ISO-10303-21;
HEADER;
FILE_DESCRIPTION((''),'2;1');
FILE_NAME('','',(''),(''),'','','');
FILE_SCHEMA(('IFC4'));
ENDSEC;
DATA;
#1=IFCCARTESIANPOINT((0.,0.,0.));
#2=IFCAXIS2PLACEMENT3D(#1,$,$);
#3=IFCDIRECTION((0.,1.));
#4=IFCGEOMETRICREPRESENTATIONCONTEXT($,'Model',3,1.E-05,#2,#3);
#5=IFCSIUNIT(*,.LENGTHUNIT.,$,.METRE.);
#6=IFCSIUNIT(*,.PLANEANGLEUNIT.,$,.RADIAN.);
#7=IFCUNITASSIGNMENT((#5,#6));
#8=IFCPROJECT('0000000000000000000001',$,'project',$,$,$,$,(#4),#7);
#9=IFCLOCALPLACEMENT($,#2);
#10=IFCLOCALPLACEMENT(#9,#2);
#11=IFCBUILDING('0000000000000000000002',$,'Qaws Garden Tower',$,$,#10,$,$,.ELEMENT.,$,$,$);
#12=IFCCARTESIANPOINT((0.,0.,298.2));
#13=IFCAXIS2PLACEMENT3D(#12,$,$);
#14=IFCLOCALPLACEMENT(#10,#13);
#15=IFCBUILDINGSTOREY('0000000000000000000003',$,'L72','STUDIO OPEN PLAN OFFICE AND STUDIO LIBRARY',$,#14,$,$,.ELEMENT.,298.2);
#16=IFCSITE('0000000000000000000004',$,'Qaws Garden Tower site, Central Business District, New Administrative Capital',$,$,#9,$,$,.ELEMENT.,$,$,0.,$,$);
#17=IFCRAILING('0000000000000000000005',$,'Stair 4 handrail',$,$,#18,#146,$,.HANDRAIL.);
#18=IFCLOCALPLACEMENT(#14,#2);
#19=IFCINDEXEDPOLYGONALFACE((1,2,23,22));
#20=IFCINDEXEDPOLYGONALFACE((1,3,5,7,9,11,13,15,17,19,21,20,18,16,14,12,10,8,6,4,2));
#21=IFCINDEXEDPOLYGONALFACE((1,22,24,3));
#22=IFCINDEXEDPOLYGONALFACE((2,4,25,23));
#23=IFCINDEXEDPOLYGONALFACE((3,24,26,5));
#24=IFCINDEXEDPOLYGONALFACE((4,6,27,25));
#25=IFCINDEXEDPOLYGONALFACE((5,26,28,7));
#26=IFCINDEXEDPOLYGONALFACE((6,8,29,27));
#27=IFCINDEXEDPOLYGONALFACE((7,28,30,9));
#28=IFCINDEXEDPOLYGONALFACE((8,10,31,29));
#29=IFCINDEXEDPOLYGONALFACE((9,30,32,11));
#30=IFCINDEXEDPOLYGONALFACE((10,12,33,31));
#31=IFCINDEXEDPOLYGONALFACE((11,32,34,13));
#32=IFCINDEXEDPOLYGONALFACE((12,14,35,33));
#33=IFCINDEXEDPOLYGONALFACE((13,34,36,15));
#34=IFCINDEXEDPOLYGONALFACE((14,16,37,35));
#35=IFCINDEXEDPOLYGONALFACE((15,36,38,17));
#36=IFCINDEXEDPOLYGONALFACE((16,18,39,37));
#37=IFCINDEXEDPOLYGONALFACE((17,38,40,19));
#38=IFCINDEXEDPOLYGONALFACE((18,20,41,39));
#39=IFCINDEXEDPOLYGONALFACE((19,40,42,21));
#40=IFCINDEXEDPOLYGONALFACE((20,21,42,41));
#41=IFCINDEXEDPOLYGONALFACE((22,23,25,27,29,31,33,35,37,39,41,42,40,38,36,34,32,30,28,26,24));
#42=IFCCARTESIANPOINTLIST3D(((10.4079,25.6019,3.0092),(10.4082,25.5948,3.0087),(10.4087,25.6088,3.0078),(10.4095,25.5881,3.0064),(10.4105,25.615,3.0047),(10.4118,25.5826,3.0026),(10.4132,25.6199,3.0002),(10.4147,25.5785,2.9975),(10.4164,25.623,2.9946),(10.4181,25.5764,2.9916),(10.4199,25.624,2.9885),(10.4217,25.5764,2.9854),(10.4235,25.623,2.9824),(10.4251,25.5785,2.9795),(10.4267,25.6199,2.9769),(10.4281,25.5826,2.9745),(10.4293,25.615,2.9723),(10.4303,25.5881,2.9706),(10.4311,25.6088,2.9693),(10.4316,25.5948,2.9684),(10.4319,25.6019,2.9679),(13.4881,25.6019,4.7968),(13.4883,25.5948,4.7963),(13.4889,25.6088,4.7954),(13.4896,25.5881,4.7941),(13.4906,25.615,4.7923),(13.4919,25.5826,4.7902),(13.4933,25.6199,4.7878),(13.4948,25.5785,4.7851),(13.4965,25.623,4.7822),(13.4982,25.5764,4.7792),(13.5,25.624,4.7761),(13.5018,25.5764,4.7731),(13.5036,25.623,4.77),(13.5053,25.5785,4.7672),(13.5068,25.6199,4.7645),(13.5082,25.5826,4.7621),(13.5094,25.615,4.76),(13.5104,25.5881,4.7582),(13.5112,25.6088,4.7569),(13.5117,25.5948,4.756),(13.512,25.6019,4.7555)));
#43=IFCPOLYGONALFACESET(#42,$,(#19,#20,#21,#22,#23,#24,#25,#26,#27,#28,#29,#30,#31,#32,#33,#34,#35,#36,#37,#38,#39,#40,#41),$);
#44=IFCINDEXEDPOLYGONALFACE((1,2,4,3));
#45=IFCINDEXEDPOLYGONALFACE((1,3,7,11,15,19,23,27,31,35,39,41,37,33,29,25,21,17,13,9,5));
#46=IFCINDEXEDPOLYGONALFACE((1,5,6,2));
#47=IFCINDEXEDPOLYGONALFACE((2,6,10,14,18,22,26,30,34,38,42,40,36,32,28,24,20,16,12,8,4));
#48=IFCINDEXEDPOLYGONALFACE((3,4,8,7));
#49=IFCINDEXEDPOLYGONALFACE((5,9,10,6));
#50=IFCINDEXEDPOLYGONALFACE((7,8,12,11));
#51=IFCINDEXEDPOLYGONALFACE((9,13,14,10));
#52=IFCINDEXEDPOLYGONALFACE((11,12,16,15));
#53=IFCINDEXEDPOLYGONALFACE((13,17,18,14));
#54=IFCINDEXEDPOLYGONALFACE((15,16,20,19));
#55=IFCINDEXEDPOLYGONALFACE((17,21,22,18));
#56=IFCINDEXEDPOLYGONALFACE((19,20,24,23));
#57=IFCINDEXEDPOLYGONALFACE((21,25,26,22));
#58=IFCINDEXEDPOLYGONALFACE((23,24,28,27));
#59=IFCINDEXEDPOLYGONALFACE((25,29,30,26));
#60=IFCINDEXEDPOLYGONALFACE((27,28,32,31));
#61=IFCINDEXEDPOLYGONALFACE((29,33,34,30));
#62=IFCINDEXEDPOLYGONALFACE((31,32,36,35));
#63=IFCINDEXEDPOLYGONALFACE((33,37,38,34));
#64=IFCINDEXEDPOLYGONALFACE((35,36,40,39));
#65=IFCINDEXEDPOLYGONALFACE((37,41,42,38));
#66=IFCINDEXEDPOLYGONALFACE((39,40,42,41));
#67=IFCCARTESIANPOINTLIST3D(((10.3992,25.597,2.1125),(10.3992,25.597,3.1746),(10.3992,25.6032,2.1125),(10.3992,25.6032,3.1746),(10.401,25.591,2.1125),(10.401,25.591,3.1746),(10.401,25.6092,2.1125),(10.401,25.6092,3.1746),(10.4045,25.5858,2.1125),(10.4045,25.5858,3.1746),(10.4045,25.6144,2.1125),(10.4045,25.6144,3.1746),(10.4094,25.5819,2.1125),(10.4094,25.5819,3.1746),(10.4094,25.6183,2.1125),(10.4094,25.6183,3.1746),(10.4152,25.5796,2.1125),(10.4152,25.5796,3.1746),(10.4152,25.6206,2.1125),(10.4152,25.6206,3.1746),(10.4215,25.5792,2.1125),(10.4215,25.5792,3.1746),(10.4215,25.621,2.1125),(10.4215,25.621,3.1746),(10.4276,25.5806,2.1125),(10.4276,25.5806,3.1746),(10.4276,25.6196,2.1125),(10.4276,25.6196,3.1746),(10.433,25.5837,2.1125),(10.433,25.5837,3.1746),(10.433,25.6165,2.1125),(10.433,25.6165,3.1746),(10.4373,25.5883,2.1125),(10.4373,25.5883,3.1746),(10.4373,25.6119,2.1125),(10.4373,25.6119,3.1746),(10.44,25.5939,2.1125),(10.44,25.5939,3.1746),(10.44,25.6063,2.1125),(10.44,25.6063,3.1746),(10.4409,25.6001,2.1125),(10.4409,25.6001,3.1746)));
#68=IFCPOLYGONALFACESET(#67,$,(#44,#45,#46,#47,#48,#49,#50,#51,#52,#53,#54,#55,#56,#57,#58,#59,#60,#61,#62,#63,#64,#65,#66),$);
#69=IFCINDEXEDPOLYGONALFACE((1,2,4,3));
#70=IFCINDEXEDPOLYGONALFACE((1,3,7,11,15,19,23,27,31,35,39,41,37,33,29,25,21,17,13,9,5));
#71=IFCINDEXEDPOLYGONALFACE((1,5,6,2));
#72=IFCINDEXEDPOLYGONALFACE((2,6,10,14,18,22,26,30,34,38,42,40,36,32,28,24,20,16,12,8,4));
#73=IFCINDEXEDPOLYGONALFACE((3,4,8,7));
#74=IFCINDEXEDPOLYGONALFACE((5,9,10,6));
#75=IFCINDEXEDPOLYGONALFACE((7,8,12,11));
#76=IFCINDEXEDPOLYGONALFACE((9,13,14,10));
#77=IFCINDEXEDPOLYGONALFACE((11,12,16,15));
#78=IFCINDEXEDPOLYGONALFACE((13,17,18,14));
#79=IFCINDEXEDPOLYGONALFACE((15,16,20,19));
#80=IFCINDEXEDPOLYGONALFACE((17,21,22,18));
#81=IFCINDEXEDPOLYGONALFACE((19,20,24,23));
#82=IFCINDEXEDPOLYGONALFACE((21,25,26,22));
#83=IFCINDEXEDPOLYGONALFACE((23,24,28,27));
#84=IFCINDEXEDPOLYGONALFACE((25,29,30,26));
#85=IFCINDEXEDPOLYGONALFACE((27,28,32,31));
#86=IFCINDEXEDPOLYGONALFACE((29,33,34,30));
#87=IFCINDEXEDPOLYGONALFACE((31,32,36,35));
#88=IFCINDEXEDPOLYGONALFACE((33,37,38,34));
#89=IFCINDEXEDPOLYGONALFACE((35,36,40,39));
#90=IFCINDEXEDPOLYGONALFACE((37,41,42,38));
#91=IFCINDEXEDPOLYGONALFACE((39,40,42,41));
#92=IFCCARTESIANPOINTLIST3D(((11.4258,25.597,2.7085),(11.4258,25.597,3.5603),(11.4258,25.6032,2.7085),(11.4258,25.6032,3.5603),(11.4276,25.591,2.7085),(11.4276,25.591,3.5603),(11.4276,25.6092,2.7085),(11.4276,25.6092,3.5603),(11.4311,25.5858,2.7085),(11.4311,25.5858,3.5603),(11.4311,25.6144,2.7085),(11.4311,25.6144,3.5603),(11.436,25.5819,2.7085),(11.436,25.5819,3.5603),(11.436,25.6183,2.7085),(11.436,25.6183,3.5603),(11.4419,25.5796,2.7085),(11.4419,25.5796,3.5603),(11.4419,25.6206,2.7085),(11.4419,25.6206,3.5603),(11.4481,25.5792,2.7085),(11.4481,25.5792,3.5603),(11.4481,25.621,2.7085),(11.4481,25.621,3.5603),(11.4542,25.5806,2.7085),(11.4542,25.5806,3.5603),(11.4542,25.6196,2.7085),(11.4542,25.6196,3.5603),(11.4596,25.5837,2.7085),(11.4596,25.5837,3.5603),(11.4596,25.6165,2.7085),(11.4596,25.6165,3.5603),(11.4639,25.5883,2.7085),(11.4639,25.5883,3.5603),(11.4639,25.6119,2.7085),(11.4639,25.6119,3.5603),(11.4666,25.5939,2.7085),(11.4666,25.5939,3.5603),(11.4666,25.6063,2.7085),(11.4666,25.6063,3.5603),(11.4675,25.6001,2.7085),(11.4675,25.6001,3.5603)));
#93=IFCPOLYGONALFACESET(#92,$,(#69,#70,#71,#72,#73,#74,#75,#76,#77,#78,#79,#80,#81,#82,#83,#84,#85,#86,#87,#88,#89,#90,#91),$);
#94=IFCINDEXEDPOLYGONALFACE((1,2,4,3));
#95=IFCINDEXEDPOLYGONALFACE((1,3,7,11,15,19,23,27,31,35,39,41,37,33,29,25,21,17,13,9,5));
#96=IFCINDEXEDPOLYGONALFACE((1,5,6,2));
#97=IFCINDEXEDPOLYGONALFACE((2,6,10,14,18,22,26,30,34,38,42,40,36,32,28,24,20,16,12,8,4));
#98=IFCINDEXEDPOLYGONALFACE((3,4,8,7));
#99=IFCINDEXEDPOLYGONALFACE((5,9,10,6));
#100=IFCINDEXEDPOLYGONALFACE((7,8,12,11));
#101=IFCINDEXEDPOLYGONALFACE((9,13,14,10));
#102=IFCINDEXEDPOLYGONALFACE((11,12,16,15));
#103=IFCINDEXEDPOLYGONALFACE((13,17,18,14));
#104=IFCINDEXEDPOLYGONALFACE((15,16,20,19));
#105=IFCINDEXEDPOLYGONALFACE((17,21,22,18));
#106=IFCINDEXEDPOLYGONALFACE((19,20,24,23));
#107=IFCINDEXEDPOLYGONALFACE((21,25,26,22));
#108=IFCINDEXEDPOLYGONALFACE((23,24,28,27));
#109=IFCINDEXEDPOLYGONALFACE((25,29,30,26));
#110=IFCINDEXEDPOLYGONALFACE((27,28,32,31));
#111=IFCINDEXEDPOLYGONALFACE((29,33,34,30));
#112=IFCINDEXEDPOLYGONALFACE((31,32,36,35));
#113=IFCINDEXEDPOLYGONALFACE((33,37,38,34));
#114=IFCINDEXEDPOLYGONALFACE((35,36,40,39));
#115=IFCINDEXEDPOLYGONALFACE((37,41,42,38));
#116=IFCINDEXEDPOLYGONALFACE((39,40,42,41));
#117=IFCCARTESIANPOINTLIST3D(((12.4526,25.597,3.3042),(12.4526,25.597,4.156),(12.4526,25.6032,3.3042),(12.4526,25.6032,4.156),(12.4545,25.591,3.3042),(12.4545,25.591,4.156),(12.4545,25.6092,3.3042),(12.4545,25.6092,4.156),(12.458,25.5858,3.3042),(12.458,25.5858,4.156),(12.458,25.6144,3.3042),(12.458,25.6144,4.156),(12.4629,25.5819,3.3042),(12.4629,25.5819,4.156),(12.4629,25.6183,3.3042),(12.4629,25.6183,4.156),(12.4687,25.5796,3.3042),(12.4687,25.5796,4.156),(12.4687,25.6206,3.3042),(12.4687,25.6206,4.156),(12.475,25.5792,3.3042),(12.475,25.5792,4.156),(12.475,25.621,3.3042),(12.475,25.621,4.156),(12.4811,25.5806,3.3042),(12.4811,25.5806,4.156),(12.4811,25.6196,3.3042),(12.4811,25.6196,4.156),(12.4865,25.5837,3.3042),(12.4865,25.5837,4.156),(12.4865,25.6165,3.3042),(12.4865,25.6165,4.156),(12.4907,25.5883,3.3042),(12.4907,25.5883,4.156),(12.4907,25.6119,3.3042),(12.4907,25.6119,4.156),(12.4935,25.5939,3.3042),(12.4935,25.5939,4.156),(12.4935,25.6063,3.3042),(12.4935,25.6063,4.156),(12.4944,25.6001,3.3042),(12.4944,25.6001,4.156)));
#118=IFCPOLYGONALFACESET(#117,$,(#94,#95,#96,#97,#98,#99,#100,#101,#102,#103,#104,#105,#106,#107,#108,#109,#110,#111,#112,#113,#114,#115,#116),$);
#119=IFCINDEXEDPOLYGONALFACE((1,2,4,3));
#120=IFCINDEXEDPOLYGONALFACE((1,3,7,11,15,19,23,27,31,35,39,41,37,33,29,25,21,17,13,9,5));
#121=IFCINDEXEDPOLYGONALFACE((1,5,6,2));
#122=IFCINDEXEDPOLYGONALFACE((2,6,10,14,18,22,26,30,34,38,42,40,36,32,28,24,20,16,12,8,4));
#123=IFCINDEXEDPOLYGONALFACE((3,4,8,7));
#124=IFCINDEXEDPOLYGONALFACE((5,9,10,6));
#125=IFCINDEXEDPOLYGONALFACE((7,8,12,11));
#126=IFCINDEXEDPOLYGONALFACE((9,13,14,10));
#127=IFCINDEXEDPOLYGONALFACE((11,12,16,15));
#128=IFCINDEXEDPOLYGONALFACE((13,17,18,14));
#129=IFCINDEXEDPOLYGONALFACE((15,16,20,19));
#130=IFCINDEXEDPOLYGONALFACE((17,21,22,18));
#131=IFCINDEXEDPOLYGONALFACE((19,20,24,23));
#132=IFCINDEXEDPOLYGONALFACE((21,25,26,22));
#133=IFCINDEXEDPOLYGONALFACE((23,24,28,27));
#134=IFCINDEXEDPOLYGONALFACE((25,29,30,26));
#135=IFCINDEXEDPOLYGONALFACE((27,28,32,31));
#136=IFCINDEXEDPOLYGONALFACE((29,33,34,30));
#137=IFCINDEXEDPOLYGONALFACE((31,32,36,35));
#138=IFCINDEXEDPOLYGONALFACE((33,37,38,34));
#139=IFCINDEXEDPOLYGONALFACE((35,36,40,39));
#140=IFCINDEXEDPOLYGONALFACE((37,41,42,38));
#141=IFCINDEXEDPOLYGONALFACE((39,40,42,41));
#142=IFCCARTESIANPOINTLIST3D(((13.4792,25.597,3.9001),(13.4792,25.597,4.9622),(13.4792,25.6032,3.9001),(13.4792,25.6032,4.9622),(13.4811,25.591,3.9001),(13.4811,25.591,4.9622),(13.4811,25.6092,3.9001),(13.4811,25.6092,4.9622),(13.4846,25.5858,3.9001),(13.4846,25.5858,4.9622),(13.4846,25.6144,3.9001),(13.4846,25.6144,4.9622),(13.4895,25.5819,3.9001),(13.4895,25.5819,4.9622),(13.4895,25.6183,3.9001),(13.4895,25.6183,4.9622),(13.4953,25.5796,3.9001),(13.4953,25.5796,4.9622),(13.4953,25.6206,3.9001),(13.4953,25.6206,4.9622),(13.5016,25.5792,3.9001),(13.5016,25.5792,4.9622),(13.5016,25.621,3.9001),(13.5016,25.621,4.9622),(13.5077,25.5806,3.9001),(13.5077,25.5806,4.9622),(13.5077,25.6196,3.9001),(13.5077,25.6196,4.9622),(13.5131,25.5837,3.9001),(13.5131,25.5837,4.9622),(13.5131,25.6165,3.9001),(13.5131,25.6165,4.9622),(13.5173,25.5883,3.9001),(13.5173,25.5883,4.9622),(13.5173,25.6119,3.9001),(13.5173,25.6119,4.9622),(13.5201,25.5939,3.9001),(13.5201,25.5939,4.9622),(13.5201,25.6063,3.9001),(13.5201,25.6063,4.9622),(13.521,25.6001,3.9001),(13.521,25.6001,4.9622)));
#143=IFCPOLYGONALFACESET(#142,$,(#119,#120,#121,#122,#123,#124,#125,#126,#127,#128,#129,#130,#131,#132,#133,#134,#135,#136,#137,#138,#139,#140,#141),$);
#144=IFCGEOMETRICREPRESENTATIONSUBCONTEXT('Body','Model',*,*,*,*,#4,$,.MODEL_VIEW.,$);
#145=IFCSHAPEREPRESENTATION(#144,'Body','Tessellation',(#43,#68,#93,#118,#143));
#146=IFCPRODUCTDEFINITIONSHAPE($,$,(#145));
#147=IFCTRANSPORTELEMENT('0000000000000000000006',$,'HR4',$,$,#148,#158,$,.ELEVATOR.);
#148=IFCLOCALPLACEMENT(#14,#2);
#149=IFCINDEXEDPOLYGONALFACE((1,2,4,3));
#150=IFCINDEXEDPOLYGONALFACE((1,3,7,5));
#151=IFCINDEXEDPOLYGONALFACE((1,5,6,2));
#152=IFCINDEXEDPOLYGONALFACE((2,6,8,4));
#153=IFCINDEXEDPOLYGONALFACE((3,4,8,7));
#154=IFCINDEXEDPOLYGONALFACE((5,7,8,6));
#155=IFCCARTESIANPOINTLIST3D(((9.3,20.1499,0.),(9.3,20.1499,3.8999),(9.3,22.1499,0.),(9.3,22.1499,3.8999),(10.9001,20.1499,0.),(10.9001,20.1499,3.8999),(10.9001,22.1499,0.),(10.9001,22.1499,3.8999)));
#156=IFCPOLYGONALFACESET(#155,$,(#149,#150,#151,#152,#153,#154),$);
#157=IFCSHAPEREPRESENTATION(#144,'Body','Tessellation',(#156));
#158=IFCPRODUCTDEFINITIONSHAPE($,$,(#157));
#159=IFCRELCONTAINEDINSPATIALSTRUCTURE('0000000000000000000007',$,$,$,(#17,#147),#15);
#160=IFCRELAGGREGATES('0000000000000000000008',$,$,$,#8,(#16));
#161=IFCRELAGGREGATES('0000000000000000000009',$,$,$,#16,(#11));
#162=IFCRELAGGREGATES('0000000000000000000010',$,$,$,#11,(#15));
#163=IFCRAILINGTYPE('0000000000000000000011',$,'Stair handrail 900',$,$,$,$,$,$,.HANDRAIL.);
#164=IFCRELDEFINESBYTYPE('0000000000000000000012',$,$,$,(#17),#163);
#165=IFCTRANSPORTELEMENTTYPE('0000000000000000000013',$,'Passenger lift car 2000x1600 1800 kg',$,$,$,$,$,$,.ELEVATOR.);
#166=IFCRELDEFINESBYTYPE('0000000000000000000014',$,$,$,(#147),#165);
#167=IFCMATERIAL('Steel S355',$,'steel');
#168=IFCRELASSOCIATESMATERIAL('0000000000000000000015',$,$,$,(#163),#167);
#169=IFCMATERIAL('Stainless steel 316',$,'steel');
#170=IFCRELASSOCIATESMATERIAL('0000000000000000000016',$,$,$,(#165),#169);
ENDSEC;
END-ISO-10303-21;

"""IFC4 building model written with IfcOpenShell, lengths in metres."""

from ifc_helpers import new_model, si_unit, direction, frame, origin, origin_2d, place, context, subcontext, project, spatial, rectangle, circle, extrude, material, type_object, element, save


model = new_model("IFC4")

# Units and contexts
model_context = context("Model", 3, precision=1e-05, world=origin(), true_north=direction((0.0, 1.0)))
body_context = subcontext(model_context, "Body", "Model", "MODEL_VIEW")
ifc_project = project(units=[si_unit("LENGTHUNIT", "METRE"), si_unit("PLANEANGLEUNIT", "RADIAN")], contexts=[model_context])

# Site, building, storey
site_placement = place(None, origin())
site = spatial("IfcSite", under=ifc_project, at=site_placement, Name="Qaws Garden Tower site, Central Business District, New Administrative Capital", CompositionType="ELEMENT", RefElevation=0.0)
building_placement = place(site_placement, origin())
building = spatial("IfcBuilding", under=site, at=building_placement, Name="Qaws Garden Tower", CompositionType="ELEMENT")
storey_placement = place(building_placement, frame((0.0, 0.0, 298.2)))
storey = spatial("IfcBuildingStorey", under=building, at=storey_placement, Name="L72", Description="STUDIO OPEN PLAN OFFICE AND STUDIO LIBRARY", CompositionType="ELEMENT", Elevation=298.2)

# Railing
ifc_material_1 = material(Name="Steel S355", Category="steel")
railing_type = type_object("IfcRailingType", Name="Stair handrail 900", PredefinedType="HANDRAIL", material=ifc_material_1)
railing_1_placement = place(storey_placement, frame((10.4199, 25.6001, 2.1125)))
element("IfcRailing", 1, at=railing_1_placement, inside=storey, type_object=railing_type, Name="Stair 4 handrail", PredefinedType="HANDRAIL", context=body_context, shape_type="SweptSolid", body=[
    extrude(circle(Radius=0.0239, at=origin_2d()), frame((0.0, 0.0, 0.876), z_axis=(0.864891, 0.0, 0.50196), x_axis=(0.0, 1.0, 0.0)), (0.0, 0.0, 1.0), 3.5613),
    extrude(circle(Radius=0.021, at=origin_2d()), origin(), (0.0, 0.0, 1.0), 1.062),
    extrude(circle(Radius=0.021, at=origin_2d()), frame((1.0266, 0.0, 0.5959)), (0.0, 0.0, 1.0), 0.8518),
    extrude(circle(Radius=0.021, at=origin_2d()), frame((2.0535, 0.0, 1.1917)), (0.0, 0.0, 1.0), 0.8518),
    extrude(circle(Radius=0.021, at=origin_2d()), frame((3.0801, 0.0, 1.7876)), (0.0, 0.0, 1.0), 1.062),
])

# Transport element
ifc_material_2 = material(Name="Stainless steel 316", Category="steel")
transport_element_type = type_object("IfcTransportElementType", Name="Passenger lift car 2000x1600 1800 kg", PredefinedType="ELEVATOR", material=ifc_material_2)
transport_element_placement = place(storey_placement, frame((10.1001, 21.1499, 0.0), z_axis=(0.0, 0.0, 1.0), x_axis=(1.0, 0.0, 0.0)))
element("IfcTransportElement", 2, at=transport_element_placement, inside=storey, type_object=transport_element_type, Name="HR4", PredefinedType="ELEVATOR", context=body_context, shape_type="SweptSolid", body=[
    extrude(rectangle(XDim=1.6001, YDim=2.0, at=origin_2d()), origin(), (0.0, 0.0, 1.0), 3.8999),
])

save(model, "model.ifc")
